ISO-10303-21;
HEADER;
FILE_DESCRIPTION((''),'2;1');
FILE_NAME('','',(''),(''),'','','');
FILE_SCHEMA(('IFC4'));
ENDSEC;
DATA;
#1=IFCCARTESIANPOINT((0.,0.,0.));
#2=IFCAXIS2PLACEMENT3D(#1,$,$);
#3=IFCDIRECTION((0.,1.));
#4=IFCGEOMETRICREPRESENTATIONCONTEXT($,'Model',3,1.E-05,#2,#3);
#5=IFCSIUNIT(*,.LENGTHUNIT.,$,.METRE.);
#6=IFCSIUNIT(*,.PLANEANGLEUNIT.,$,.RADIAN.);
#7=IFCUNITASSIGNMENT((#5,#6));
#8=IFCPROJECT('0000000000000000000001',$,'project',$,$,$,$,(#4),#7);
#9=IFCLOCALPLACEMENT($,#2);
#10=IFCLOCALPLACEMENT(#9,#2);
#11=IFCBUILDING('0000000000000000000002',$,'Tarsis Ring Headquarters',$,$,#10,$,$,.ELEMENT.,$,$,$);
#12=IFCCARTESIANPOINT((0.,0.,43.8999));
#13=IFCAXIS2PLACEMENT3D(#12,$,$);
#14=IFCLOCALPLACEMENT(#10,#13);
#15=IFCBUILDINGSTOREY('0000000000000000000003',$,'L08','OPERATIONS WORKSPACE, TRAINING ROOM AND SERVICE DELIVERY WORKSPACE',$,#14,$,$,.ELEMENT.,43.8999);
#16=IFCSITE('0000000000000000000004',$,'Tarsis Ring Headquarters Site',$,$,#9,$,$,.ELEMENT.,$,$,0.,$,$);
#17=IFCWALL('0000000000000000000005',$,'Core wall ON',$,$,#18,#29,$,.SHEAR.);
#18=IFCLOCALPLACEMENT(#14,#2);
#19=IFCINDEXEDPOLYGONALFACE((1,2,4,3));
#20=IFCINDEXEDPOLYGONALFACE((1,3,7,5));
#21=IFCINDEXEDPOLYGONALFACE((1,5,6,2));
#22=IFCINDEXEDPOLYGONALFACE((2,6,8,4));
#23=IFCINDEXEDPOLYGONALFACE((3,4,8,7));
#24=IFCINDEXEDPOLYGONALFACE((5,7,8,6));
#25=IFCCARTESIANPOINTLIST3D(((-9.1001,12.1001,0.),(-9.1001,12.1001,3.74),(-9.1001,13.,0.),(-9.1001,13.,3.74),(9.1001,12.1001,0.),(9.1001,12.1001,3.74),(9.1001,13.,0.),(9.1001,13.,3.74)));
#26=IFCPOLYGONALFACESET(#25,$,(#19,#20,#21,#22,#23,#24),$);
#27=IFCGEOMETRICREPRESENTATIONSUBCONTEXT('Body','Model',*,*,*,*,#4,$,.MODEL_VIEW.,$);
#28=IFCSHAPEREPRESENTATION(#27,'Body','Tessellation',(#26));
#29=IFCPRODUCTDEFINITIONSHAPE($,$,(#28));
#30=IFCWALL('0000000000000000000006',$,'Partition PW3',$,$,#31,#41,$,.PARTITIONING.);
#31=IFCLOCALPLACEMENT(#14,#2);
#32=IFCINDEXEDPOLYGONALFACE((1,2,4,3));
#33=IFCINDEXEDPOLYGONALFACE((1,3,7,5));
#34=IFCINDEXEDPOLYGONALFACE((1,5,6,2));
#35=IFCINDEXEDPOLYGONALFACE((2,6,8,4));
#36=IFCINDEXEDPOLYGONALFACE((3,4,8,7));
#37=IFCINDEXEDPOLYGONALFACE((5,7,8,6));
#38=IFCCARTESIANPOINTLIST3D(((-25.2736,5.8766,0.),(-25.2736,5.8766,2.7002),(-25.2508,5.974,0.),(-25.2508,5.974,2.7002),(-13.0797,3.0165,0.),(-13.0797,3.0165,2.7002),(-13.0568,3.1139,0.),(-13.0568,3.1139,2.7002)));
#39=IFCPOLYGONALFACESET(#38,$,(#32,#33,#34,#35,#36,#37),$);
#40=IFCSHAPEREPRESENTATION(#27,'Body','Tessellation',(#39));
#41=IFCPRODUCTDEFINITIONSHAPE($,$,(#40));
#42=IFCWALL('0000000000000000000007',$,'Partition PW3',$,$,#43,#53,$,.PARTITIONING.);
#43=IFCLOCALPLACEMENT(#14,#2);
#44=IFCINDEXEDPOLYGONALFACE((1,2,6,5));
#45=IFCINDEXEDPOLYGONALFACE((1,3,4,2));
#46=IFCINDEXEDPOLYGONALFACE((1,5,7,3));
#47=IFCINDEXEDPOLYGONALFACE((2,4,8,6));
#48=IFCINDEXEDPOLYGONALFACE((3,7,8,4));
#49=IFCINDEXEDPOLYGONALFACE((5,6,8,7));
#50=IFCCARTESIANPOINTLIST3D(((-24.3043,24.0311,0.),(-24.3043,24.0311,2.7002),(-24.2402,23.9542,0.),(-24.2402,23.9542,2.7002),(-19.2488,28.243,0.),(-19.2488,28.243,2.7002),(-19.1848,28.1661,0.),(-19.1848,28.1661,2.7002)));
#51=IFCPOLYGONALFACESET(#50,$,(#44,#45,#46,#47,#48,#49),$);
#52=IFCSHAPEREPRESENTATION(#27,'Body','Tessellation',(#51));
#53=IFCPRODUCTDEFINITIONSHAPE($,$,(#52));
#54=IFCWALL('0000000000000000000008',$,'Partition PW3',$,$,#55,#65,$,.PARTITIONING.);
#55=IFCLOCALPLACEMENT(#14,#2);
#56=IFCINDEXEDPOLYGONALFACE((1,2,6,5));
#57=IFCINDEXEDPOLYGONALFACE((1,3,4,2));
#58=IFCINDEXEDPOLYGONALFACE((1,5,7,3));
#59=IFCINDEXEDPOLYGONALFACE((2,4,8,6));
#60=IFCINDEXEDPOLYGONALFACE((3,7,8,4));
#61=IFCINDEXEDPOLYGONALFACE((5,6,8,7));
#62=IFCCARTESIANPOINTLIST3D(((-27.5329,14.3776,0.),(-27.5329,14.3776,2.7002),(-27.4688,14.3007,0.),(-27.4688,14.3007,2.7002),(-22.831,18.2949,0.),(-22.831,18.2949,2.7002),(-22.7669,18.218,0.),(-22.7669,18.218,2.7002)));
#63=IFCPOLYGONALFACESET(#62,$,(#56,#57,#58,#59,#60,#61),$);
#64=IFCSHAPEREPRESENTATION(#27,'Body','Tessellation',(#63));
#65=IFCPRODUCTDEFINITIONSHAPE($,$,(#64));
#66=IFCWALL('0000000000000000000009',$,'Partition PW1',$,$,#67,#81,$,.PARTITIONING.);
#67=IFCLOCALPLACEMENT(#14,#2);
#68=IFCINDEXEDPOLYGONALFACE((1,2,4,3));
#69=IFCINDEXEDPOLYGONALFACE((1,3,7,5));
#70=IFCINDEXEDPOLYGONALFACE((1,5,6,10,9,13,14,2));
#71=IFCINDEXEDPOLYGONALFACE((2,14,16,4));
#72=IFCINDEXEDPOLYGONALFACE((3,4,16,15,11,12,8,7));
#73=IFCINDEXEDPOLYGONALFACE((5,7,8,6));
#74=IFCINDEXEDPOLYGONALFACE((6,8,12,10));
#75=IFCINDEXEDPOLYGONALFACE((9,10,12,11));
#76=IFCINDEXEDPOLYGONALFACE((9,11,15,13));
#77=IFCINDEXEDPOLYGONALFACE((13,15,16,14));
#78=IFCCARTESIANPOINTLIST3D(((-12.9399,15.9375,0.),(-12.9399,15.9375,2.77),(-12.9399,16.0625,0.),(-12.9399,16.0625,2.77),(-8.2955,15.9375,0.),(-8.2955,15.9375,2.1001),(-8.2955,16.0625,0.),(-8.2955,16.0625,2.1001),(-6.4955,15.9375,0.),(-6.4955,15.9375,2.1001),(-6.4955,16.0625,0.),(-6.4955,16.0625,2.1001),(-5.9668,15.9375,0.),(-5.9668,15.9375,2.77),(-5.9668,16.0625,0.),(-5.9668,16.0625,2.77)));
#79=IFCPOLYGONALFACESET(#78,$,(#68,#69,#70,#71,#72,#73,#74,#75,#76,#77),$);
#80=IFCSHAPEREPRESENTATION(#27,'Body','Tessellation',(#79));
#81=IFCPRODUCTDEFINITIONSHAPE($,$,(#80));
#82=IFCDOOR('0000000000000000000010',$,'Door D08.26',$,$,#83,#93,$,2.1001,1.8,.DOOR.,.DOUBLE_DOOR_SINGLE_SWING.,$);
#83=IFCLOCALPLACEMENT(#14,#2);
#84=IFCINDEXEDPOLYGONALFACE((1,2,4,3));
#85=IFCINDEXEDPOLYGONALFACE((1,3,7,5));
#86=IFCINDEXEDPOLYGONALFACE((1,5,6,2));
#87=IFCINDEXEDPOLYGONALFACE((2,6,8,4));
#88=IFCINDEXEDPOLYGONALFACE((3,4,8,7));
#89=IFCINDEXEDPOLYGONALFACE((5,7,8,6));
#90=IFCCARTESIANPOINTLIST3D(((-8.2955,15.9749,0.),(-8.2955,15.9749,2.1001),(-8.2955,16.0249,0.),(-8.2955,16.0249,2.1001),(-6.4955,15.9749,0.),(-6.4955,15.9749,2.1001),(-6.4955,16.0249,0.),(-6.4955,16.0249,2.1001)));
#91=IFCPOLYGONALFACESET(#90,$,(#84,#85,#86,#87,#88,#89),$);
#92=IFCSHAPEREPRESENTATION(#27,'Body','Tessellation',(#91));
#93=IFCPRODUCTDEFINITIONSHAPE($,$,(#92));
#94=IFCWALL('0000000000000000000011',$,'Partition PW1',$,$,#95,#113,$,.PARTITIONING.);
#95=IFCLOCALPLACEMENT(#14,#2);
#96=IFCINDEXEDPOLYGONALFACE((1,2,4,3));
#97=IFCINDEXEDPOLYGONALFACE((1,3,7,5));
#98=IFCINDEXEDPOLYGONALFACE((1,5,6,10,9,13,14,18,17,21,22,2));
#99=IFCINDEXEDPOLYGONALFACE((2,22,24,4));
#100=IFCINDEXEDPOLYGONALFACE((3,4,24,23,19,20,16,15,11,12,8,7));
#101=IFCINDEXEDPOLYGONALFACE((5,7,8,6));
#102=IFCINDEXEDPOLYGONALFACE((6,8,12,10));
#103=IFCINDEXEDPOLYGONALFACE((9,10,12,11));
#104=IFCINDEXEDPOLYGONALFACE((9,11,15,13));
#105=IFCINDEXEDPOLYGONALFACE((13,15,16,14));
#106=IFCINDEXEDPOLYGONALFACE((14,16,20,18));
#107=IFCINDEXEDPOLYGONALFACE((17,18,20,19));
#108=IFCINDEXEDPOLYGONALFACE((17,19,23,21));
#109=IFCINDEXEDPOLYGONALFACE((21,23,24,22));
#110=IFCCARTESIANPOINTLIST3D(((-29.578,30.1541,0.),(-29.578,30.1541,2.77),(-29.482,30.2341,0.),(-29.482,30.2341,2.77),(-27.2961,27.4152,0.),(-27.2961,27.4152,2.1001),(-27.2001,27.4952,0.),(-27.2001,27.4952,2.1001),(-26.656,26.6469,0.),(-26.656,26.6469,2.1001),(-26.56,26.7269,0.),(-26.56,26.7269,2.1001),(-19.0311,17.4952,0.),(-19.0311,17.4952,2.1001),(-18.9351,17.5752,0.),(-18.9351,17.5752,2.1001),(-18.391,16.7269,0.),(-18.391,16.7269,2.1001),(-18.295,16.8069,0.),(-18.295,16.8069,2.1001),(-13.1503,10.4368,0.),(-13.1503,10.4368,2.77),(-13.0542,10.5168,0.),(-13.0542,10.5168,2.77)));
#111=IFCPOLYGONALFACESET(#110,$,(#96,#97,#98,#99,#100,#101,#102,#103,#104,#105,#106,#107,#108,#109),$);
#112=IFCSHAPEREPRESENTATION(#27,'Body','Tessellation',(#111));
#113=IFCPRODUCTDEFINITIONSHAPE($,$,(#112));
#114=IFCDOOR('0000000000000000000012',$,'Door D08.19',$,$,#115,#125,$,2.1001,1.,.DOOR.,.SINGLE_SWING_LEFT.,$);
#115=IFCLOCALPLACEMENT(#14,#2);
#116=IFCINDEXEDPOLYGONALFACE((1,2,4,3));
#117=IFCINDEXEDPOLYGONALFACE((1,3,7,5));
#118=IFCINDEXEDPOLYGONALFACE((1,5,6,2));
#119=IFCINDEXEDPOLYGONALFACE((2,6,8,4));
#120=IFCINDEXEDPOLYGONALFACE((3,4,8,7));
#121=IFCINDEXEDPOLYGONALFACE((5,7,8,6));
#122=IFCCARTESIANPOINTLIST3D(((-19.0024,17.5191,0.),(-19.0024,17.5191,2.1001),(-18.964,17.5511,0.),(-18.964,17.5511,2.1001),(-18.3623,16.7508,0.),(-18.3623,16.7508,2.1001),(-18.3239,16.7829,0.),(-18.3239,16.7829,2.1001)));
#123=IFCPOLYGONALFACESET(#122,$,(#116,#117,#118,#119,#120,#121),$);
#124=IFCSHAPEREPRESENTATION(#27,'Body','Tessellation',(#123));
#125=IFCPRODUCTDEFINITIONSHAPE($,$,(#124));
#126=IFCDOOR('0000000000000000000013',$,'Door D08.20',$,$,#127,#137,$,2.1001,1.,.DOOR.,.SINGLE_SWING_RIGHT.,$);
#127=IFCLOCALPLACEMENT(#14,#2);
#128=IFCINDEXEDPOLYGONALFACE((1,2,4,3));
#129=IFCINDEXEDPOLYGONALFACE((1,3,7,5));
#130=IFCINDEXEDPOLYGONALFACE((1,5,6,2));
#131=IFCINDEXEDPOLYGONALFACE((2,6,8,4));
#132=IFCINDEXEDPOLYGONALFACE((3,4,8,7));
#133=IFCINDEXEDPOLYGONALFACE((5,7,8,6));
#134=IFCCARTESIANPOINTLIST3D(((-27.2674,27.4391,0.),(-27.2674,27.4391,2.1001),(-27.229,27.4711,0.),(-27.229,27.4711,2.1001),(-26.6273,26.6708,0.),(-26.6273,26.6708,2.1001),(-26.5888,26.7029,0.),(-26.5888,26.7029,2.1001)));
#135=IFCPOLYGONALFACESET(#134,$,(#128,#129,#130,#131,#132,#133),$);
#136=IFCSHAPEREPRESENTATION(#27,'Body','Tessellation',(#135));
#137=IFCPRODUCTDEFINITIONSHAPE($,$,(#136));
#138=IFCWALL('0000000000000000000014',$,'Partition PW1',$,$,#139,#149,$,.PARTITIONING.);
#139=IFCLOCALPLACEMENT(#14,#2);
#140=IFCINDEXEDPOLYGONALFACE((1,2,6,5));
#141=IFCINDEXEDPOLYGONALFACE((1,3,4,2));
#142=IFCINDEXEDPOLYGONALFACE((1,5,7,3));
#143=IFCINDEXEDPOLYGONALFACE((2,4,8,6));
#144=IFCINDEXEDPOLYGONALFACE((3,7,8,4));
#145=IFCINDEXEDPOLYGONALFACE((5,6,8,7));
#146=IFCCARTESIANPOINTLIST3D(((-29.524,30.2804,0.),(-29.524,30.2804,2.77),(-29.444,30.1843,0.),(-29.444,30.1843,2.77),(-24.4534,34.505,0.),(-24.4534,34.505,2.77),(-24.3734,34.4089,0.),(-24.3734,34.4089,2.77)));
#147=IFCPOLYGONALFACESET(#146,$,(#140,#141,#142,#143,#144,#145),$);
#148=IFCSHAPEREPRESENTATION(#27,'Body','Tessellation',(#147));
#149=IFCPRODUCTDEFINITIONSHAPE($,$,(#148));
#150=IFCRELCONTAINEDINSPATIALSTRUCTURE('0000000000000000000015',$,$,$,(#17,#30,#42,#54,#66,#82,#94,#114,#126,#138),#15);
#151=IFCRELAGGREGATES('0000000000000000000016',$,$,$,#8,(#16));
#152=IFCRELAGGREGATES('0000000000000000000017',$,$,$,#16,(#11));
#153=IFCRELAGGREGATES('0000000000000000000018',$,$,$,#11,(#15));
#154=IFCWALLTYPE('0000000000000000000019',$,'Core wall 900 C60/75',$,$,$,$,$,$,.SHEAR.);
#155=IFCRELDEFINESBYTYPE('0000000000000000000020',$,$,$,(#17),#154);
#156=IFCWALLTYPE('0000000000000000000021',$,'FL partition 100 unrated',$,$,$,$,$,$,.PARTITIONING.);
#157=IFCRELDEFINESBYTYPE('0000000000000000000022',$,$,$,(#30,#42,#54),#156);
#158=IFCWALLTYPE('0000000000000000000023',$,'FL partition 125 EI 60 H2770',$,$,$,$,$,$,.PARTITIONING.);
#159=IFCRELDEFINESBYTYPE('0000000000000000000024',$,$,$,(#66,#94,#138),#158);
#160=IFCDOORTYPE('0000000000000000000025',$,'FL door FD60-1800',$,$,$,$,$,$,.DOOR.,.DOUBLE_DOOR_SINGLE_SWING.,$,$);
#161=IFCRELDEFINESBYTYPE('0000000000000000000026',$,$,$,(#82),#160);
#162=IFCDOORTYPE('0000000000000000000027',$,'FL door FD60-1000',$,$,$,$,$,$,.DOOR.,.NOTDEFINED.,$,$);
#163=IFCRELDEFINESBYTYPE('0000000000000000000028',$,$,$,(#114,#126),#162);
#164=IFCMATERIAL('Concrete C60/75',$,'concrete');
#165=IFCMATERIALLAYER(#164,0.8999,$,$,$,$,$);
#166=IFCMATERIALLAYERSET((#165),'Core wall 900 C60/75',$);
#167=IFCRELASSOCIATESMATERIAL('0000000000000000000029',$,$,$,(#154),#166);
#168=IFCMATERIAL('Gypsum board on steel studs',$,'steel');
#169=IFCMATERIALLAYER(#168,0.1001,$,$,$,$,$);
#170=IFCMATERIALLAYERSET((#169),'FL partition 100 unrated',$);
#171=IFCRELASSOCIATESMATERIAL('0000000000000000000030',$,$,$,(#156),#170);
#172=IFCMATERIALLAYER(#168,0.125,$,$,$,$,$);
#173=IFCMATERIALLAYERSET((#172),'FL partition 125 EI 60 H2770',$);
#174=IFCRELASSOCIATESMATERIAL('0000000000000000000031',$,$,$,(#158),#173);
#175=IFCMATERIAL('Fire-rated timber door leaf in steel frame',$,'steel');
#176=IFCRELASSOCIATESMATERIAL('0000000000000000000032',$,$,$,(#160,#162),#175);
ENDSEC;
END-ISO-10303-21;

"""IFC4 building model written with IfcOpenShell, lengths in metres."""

from ifc_helpers import new_model, si_unit, direction, frame, frame_2d, origin, place, context, subcontext, project, spatial, rectangle, extrude, material, layer, layer_set, type_object, element, fill, save


model = new_model("IFC4")

# Units and contexts
model_context = context("Model", 3, precision=1e-05, world=origin(), true_north=direction((0.0, 1.0)))
body_context = subcontext(model_context, "Body", "Model", "MODEL_VIEW")
ifc_project = project(units=[si_unit("LENGTHUNIT", "METRE"), si_unit("PLANEANGLEUNIT", "RADIAN")], contexts=[model_context])

# Site, building, storey
site_placement = place(None, origin())
site = spatial("IfcSite", under=ifc_project, at=site_placement, Name="Tarsis Ring Headquarters Site", CompositionType="ELEMENT", RefElevation=0.0)
building_placement = place(site_placement, origin())
building = spatial("IfcBuilding", under=site, at=building_placement, Name="Tarsis Ring Headquarters", CompositionType="ELEMENT")
storey_placement = place(building_placement, frame((0.0, 0.0, 43.8999)))
storey = spatial("IfcBuildingStorey", under=building, at=storey_placement, Name="L08", Description="OPERATIONS WORKSPACE, TRAINING ROOM AND SERVICE DELIVERY WORKSPACE", CompositionType="ELEMENT", Elevation=43.8999)

# Walls
ifc_material_1 = material(Name="Concrete C60/75", Category="concrete")
ifc_layer_1 = layer(ifc_material_1, 0.8999)
ifc_layer_set_1 = layer_set([ifc_layer_1], Name="Core wall 900 C60/75")
wall_type_1 = type_object("IfcWallType", Name="Core wall 900 C60/75", PredefinedType="SHEAR", material=ifc_layer_set_1)
wall_1_placement = place(storey_placement, frame((-9.1001, 12.55, 0.0), z_axis=(0.0, 0.0, 1.0), x_axis=(1.0, 0.0, 0.0)))
element("IfcWall", 1, at=wall_1_placement, inside=storey, type_object=wall_type_1, Name="Core wall ON", PredefinedType="SHEAR", context=body_context, shape_type="SweptSolid", body=[
    extrude(rectangle(XDim=18.2002, YDim=0.8999, at=frame_2d((9.1001, 0.0))), origin(), (0.0, 0.0, 1.0), 3.74),
])
ifc_material_2 = material(Name="Gypsum board on steel studs", Category="steel")
ifc_layer_2 = layer(ifc_material_2, 0.1001)
ifc_layer_set_2 = layer_set([ifc_layer_2], Name="FL partition 100 unrated")
wall_type_2 = type_object("IfcWallType", Name="FL partition 100 unrated", PredefinedType="PARTITIONING", material=ifc_layer_set_2)
wall_2_placement = place(storey_placement, frame((-25.2622, 5.9253, 0.0), z_axis=(0.0, 0.0, 1.0), x_axis=(0.973579, -0.228352, 0.0)))
element("IfcWall", 2, at=wall_2_placement, inside=storey, type_object=wall_type_2, Name="Partition PW3", PredefinedType="PARTITIONING", context=body_context, shape_type="SweptSolid", body=[
    extrude(rectangle(XDim=12.5249, YDim=0.1001, at=frame_2d((6.2625, 0.0))), origin(), (0.0, 0.0, 1.0), 2.7002),
])
wall_3_placement = place(storey_placement, frame((-24.2722, 23.9927, 0.0), z_axis=(0.0, 0.0, 1.0), x_axis=(0.768291, 0.6401, 0.0)))
element("IfcWall", 3, at=wall_3_placement, inside=storey, type_object=wall_type_2, Name="Partition PW3", PredefinedType="PARTITIONING", context=body_context, shape_type="SweptSolid", body=[
    extrude(rectangle(XDim=6.5801, YDim=0.1001, at=frame_2d((3.29, 0.0))), origin(), (0.0, 0.0, 1.0), 2.7002),
])
wall_4_placement = place(storey_placement, frame((-27.501, 14.3391, 0.0), z_axis=(0.0, 0.0, 1.0), x_axis=(0.768303, 0.640086, 0.0)))
element("IfcWall", 4, at=wall_4_placement, inside=storey, type_object=wall_type_2, Name="Partition PW3", PredefinedType="PARTITIONING", context=body_context, shape_type="SweptSolid", body=[
    extrude(rectangle(XDim=6.1199, YDim=0.1001, at=frame_2d((3.0601, 0.0))), origin(), (0.0, 0.0, 1.0), 2.7002),
])

# Wall, opening, door
ifc_layer_3 = layer(ifc_material_2, 0.125)
ifc_layer_set_3 = layer_set([ifc_layer_3], Name="FL partition 125 EI 60 H2770")
wall_type_3 = type_object("IfcWallType", Name="FL partition 125 EI 60 H2770", PredefinedType="PARTITIONING", material=ifc_layer_set_3)
wall_5_placement = place(storey_placement, frame((-12.9399, 16.0, 0.0), z_axis=(0.0, 0.0, 1.0), x_axis=(1.0, 0.0, 0.0)))
wall_5 = element("IfcWall", 5, at=wall_5_placement, inside=storey, type_object=wall_type_3, Name="Partition PW1", PredefinedType="PARTITIONING", context=body_context, shape_type="SweptSolid", body=[
    extrude(rectangle(XDim=6.9731, YDim=0.125, at=frame_2d((3.4866, 0.0))), origin(), (0.0, 0.0, 1.0), 2.77),
])
opening_1_placement = place(wall_5_placement, frame((4.6445, 0.0, 0.0)))
opening_1 = element("IfcOpeningElement", 6, at=opening_1_placement, cuts=wall_5, PredefinedType="OPENING", context=body_context, shape_type="SweptSolid", body=[
    extrude(rectangle(XDim=1.8, YDim=2.1001, at=frame_2d((0.8999, 1.05))), frame((0.0, 0.0725, 0.0), z_axis=(0.0, -1.0, 0.0), x_axis=(1.0, 0.0, 0.0)), (0.0, 0.0, 1.0), 0.145),
])
ifc_material_3 = material(Name="Fire-rated timber door leaf in steel frame", Category="steel")
door_type_1 = type_object("IfcDoorType", Name="FL door FD60-1800", OperationType="DOUBLE_DOOR_SINGLE_SWING", PredefinedType="DOOR", material=ifc_material_3)
door_1_placement = place(opening_1_placement, origin())
door_1 = element("IfcDoor", 7, at=door_1_placement, inside=storey, type_object=door_type_1, Name="Door D08.26", OperationType="DOUBLE_DOOR_SINGLE_SWING", OverallHeight=2.1001, OverallWidth=1.8, PredefinedType="DOOR", context=body_context, shape_type="SweptSolid", body=[
    extrude(rectangle(XDim=1.8, YDim=2.1001, at=frame_2d((0.8999, 1.05))), frame((0.0, 0.0249, 0.0), z_axis=(0.0, -1.0, 0.0), x_axis=(1.0, 0.0, 0.0)), (0.0, 0.0, 1.0), 0.05),
])
fill(opening_1, door_1)

# Wall, openings, doors
wall_6_placement = place(storey_placement, frame((-29.53, 30.1941, 0.0), z_axis=(0.0, 0.0, 1.0), x_axis=(0.640108, -0.768285, 0.0)))
wall_6 = element("IfcWall", 8, at=wall_6_placement, inside=storey, type_object=wall_type_3, Name="Partition PW1", PredefinedType="PARTITIONING", context=body_context, shape_type="SweptSolid", body=[
    extrude(rectangle(XDim=25.6641, YDim=0.125, at=frame_2d((12.832, 0.0))), origin(), (0.0, 0.0, 1.0), 2.77),
])
opening_2_placement = place(wall_6_placement, frame((16.4768, 0.0, 0.0)))
opening_2 = element("IfcOpeningElement", 9, at=opening_2_placement, cuts=wall_6, PredefinedType="OPENING", context=body_context, shape_type="SweptSolid", body=[
    extrude(rectangle(XDim=1.0, YDim=2.1001, at=frame_2d((0.5, 1.05))), frame((0.0, 0.0725, 0.0), z_axis=(0.0, -1.0, 0.0), x_axis=(1.0, 0.0, 0.0)), (0.0, 0.0, 1.0), 0.145),
])
opening_3_placement = place(wall_6_placement, frame((3.5649, 0.0, 0.0)))
opening_3 = element("IfcOpeningElement", 10, at=opening_3_placement, cuts=wall_6, PredefinedType="OPENING", context=body_context, shape_type="SweptSolid", body=[
    extrude(rectangle(XDim=1.0, YDim=2.1001, at=frame_2d((0.5, 1.05))), frame((0.0, 0.0725, 0.0), z_axis=(0.0, -1.0, 0.0), x_axis=(1.0, 0.0, 0.0)), (0.0, 0.0, 1.0), 0.145),
])
door_type_2 = type_object("IfcDoorType", Name="FL door FD60-1000", OperationType="NOTDEFINED", PredefinedType="DOOR", material=ifc_material_3)
door_2_placement = place(opening_2_placement, origin())
door_2 = element("IfcDoor", 11, at=door_2_placement, inside=storey, type_object=door_type_2, Name="Door D08.19", OperationType="SINGLE_SWING_LEFT", OverallHeight=2.1001, OverallWidth=1.0, PredefinedType="DOOR", context=body_context, shape_type="SweptSolid", body=[
    extrude(rectangle(XDim=1.0, YDim=2.1001, at=frame_2d((0.5, 1.05))), frame((0.0, 0.0249, 0.0), z_axis=(0.0, -1.0, 0.0), x_axis=(1.0, 0.0, 0.0)), (0.0, 0.0, 1.0), 0.05),
])
fill(opening_2, door_2)
door_3_placement = place(opening_3_placement, origin())
door_3 = element("IfcDoor", 12, at=door_3_placement, inside=storey, type_object=door_type_2, Name="Door D08.20", OperationType="SINGLE_SWING_RIGHT", OverallHeight=2.1001, OverallWidth=1.0, PredefinedType="DOOR", context=body_context, shape_type="SweptSolid", body=[
    extrude(rectangle(XDim=1.0, YDim=2.1001, at=frame_2d((0.5, 1.05))), frame((0.0, 0.0249, 0.0), z_axis=(0.0, -1.0, 0.0), x_axis=(1.0, 0.0, 0.0)), (0.0, 0.0, 1.0), 0.05),
])
fill(opening_3, door_3)

# Wall
wall_7_placement = place(storey_placement, frame((-29.4839, 30.2324, 0.0), z_axis=(0.0, 0.0, 1.0), x_axis=(0.768285, 0.640108, 0.0)))
element("IfcWall", 13, at=wall_7_placement, inside=storey, type_object=wall_type_3, Name="Partition PW1", PredefinedType="PARTITIONING", context=body_context, shape_type="SweptSolid", body=[
    extrude(rectangle(XDim=6.5999, YDim=0.125, at=frame_2d((3.2998, 0.0))), origin(), (0.0, 0.0, 1.0), 2.77),
])

save(model, "model.ifc")
